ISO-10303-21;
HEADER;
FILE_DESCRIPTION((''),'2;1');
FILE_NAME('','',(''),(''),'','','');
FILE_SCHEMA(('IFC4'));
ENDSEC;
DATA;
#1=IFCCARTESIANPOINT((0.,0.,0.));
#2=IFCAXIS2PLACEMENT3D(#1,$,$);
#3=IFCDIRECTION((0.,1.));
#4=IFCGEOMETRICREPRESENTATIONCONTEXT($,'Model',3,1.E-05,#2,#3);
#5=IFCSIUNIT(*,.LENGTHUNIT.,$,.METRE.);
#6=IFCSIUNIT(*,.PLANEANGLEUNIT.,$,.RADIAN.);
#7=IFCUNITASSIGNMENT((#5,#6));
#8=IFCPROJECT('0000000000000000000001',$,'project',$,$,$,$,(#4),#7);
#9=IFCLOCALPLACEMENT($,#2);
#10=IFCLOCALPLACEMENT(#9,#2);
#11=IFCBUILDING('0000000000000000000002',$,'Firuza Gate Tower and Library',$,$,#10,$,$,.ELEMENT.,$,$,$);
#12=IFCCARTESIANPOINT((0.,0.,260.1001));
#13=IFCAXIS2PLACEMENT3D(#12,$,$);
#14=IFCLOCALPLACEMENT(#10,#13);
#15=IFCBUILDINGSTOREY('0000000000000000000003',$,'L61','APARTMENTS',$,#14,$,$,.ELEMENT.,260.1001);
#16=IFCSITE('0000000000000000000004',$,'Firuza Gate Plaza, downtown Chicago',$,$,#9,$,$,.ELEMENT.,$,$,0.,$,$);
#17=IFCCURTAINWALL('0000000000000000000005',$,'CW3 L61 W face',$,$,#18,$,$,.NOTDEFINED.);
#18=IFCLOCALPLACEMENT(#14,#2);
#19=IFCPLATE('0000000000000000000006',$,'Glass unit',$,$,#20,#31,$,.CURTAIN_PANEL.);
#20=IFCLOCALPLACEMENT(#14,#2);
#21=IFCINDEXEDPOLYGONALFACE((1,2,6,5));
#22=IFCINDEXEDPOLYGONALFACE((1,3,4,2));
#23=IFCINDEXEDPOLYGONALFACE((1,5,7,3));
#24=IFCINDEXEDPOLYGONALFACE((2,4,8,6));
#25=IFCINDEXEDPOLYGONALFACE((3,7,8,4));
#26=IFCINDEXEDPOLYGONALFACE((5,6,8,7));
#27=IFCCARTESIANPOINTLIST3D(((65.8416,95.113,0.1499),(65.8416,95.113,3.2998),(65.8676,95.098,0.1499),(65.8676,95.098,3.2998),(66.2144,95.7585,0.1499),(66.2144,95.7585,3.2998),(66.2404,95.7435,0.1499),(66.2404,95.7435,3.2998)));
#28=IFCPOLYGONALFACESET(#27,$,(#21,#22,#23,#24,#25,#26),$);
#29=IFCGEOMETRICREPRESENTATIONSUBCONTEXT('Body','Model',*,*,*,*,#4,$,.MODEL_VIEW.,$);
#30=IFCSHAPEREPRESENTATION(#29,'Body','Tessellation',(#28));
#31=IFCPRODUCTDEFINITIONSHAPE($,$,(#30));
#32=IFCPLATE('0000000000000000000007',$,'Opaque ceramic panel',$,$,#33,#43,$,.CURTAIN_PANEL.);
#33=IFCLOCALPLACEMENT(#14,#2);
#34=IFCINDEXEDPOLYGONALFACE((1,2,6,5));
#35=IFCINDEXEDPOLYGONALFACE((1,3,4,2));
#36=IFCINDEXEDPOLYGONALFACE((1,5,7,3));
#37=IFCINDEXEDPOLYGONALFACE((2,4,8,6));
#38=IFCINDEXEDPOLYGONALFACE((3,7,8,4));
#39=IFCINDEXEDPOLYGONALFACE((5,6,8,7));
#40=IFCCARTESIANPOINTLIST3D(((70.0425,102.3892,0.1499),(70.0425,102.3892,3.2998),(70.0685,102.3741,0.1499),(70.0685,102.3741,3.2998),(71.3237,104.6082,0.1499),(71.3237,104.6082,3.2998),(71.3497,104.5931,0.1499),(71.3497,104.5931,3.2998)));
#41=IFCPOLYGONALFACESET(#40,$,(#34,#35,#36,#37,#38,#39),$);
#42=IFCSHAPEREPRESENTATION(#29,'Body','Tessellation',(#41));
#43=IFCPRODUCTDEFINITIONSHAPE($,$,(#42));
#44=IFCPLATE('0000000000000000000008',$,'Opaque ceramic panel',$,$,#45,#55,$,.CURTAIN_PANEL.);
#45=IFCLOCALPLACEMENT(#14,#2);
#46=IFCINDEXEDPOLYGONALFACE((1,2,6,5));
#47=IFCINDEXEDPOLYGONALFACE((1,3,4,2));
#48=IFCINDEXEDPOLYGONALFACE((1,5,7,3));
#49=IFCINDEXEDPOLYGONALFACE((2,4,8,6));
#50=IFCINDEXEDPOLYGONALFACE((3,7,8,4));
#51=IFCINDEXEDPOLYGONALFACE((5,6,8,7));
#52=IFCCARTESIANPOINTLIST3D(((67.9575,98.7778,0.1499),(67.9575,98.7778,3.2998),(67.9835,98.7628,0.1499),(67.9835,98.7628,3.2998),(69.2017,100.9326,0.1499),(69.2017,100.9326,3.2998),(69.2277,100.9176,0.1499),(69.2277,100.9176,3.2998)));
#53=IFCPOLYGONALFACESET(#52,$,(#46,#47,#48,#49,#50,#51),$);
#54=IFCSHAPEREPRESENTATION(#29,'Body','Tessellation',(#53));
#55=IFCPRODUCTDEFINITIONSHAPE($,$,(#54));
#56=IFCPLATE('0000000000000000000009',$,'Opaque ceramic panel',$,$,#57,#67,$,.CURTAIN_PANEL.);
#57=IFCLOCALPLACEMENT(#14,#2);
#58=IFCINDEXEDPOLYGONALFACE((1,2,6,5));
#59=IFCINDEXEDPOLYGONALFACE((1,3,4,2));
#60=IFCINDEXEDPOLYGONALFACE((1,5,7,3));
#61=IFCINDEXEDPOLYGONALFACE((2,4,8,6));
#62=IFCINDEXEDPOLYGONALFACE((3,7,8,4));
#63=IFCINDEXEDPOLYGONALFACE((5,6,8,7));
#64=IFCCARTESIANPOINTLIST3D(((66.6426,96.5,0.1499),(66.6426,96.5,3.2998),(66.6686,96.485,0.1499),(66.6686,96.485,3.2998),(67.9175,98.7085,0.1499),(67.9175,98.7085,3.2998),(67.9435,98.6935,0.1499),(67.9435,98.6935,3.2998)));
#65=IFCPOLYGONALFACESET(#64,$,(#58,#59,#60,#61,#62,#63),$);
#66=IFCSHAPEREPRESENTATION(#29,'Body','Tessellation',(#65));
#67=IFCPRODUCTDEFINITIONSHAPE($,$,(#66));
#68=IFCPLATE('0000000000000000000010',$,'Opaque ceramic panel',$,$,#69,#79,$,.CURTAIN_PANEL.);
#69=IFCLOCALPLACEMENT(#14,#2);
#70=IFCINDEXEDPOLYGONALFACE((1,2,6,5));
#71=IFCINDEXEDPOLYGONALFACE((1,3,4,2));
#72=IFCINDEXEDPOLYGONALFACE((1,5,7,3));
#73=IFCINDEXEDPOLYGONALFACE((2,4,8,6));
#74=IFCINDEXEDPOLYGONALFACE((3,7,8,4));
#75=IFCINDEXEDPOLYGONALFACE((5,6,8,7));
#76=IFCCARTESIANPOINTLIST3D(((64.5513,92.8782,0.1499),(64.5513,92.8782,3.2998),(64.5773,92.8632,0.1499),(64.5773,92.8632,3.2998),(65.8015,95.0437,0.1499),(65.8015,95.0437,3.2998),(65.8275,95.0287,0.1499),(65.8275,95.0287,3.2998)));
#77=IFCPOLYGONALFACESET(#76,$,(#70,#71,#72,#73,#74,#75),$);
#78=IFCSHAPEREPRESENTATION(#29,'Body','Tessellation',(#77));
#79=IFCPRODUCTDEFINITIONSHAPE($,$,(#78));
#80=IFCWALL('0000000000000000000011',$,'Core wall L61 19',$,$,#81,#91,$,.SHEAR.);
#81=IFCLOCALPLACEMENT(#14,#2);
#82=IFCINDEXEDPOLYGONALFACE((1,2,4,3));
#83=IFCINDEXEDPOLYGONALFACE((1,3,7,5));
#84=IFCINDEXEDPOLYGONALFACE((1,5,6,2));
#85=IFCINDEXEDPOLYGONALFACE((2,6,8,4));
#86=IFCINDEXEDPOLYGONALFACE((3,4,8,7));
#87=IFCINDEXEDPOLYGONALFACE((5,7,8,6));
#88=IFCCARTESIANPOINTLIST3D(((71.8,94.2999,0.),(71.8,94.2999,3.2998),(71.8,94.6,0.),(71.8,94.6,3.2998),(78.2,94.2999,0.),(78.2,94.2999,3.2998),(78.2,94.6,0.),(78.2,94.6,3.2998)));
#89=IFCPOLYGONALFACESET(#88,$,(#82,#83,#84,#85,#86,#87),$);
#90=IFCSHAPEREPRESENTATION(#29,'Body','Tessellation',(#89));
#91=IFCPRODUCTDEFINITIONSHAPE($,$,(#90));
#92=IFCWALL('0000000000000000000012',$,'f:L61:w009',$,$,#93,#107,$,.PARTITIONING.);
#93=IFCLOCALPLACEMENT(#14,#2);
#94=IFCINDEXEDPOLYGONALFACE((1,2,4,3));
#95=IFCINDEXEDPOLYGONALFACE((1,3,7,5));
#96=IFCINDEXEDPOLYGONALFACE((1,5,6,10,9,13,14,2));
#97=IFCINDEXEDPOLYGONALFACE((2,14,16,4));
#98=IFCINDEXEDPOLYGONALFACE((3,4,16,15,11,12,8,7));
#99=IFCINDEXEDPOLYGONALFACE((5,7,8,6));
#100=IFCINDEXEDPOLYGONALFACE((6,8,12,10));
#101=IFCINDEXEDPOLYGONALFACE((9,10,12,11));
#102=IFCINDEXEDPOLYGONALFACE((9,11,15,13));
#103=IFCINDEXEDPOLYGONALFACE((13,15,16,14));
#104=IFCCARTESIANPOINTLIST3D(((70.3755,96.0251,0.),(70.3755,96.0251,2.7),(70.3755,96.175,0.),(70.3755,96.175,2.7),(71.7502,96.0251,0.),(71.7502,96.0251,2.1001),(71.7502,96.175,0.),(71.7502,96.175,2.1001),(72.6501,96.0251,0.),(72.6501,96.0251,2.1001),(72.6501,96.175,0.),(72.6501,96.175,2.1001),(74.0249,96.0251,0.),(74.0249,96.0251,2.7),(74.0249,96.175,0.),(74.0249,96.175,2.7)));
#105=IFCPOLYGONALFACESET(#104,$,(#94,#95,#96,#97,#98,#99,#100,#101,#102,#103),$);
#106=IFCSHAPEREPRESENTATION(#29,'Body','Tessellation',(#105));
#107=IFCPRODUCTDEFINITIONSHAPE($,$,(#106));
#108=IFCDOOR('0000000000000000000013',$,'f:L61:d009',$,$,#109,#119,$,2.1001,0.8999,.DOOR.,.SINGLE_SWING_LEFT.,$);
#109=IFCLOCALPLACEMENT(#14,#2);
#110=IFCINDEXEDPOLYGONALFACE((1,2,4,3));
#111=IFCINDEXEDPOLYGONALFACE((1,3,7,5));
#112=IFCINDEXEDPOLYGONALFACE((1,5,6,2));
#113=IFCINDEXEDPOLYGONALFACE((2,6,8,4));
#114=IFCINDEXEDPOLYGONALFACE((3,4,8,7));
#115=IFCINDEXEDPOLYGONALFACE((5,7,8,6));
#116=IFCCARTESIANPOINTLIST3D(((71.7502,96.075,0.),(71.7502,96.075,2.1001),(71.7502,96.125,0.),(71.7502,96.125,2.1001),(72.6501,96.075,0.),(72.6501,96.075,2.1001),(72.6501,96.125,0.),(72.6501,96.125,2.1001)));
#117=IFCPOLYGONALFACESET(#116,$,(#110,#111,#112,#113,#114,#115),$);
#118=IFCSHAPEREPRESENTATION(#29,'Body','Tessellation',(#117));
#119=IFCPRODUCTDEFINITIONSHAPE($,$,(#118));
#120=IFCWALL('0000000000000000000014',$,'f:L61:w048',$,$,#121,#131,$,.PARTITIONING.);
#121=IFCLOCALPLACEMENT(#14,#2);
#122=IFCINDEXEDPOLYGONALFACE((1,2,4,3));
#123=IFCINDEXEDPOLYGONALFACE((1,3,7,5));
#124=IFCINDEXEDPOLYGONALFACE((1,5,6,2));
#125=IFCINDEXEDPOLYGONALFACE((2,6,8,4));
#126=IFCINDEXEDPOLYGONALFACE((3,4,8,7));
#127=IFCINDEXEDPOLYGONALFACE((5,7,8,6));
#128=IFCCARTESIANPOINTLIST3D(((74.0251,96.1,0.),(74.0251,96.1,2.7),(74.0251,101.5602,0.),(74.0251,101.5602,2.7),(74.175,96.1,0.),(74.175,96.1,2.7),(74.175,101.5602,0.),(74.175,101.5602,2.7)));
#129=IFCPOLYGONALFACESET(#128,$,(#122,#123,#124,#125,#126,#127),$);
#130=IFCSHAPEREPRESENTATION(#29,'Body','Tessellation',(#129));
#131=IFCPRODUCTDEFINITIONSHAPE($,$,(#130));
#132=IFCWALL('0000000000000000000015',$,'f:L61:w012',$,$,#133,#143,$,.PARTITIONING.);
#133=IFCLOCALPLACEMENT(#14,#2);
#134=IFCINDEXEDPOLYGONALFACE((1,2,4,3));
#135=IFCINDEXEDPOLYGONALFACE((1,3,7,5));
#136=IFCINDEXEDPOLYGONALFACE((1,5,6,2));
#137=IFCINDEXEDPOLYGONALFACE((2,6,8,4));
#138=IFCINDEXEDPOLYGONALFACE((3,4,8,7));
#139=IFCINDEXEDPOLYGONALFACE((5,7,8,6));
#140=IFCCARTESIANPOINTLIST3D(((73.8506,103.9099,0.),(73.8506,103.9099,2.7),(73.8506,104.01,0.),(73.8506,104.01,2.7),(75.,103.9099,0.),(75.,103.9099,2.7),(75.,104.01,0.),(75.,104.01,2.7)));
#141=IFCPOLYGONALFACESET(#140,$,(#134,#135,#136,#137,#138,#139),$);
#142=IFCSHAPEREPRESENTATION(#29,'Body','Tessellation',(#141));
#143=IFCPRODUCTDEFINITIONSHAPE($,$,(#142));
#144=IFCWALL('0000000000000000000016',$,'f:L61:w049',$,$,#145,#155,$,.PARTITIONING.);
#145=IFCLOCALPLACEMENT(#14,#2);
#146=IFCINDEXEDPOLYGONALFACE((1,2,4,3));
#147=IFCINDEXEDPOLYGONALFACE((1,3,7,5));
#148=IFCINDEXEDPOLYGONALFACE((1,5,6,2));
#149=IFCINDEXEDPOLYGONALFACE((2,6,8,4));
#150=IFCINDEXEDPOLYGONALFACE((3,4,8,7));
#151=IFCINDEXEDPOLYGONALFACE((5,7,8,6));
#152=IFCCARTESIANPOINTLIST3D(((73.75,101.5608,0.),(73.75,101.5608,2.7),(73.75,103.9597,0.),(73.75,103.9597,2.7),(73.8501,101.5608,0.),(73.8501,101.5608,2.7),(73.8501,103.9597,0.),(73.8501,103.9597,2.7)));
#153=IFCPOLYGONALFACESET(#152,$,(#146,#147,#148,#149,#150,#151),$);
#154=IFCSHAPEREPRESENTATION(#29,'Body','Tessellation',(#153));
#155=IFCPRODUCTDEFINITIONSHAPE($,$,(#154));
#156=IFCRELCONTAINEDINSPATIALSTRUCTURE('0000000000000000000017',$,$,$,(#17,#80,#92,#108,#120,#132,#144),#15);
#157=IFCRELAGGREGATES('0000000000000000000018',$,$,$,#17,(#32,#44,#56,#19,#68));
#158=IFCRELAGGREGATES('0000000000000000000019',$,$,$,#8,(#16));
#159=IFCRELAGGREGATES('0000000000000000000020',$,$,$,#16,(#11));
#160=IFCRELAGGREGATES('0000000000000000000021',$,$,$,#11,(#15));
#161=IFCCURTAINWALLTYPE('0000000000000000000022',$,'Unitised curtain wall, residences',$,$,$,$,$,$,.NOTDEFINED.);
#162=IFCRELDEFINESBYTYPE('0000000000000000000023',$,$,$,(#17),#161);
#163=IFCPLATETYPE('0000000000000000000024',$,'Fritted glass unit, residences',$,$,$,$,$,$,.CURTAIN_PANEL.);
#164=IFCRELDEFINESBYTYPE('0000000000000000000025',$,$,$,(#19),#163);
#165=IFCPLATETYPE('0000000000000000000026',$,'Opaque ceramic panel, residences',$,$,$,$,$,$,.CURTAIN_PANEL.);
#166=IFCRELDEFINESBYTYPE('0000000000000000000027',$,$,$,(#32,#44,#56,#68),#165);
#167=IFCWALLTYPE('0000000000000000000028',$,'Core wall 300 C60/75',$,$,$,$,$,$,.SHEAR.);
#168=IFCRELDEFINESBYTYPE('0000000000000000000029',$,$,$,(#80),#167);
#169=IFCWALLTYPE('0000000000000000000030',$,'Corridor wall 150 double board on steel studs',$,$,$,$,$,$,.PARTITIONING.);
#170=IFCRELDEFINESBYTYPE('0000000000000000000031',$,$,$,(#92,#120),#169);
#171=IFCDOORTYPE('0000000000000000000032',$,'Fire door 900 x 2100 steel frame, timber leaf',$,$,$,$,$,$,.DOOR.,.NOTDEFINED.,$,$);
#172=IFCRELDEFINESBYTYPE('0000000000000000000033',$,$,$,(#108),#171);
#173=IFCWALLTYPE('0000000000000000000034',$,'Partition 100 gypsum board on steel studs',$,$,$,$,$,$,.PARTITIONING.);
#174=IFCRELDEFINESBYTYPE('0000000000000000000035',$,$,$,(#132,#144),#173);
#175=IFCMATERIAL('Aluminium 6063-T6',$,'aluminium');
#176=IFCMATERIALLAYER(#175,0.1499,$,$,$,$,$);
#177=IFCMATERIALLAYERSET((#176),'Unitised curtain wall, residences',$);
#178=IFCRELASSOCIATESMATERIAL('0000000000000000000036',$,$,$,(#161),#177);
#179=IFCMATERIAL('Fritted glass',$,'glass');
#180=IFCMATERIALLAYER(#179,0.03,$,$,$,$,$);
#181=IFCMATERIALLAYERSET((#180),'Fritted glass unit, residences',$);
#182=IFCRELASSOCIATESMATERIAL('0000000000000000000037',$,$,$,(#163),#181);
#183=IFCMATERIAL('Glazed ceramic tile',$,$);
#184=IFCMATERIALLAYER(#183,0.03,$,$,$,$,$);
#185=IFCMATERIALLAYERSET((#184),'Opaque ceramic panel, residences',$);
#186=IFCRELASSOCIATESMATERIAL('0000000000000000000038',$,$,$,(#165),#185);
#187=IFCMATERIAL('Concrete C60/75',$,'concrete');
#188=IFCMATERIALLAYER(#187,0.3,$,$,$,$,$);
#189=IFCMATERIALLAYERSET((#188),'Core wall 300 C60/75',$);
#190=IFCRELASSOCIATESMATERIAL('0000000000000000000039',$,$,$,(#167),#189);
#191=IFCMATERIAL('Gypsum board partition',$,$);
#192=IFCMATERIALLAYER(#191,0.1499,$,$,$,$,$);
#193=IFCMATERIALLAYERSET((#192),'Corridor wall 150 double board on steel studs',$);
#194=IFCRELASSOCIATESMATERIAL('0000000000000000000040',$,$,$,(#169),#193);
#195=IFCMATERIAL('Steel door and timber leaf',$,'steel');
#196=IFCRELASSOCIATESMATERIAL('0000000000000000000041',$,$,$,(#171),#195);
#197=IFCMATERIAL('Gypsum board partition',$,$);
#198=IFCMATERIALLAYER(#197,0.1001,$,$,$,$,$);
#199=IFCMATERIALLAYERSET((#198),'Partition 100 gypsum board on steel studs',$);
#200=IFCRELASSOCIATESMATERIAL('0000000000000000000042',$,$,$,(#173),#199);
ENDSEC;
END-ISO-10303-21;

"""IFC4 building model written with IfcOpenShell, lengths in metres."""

from ifc_helpers import new_model, si_unit, direction, frame, frame_2d, origin, place, context, subcontext, project, spatial, polyline, rectangle, outline, extrude, material, layer, layer_set, type_object, element, fill, aggregate, save


model = new_model("IFC4")

# Units and contexts
model_context = context("Model", 3, precision=1e-05, world=origin(), true_north=direction((0.0, 1.0)))
body_context = subcontext(model_context, "Body", "Model", "MODEL_VIEW")
ifc_project = project(units=[si_unit("LENGTHUNIT", "METRE"), si_unit("PLANEANGLEUNIT", "RADIAN")], contexts=[model_context])

# Site, building, storey
site_placement = place(None, origin())
site = spatial("IfcSite", under=ifc_project, at=site_placement, Name="Firuza Gate Plaza, downtown Chicago", CompositionType="ELEMENT", RefElevation=0.0)
building_placement = place(site_placement, origin())
building = spatial("IfcBuilding", under=site, at=building_placement, Name="Firuza Gate Tower and Library", CompositionType="ELEMENT")
storey_placement = place(building_placement, frame((0.0, 0.0, 260.1001)))
storey = spatial("IfcBuildingStorey", under=building, at=storey_placement, Name="L61", Description="APARTMENTS", CompositionType="ELEMENT", Elevation=260.1001)

# Curtain wall
ifc_material_1 = material(Name="Aluminium 6063-T6", Category="aluminium")
ifc_layer_1 = layer(ifc_material_1, 0.1499)
ifc_layer_set_1 = layer_set([ifc_layer_1], Name="Unitised curtain wall, residences")
curtain_wall_type = type_object("IfcCurtainWallType", Name="Unitised curtain wall, residences", PredefinedType="NOTDEFINED", material=ifc_layer_set_1)
curtain_wall_placement = place(storey_placement, origin())
curtain_wall = element("IfcCurtainWall", 1, at=curtain_wall_placement, inside=storey, type_object=curtain_wall_type, Name="CW3 L61 W face", PredefinedType="NOTDEFINED")

# Plates
ifc_material_2 = material(Name="Fritted glass", Category="glass")
ifc_layer_2 = layer(ifc_material_2, 0.03)
ifc_layer_set_2 = layer_set([ifc_layer_2], Name="Fritted glass unit, residences")
plate_type_1 = type_object("IfcPlateType", Name="Fritted glass unit, residences", PredefinedType="CURTAIN_PANEL", material=ifc_layer_set_2)
plate_1_placement = place(storey_placement, frame((66.2144, 95.7585, 0.1499), z_axis=(-0.865956, 0.500119, 0.0), x_axis=(-0.500119, -0.865956, 0.0)))
plate_1 = element("IfcPlate", 2, at=plate_1_placement, type_object=plate_type_1, Name="Glass unit", PredefinedType="CURTAIN_PANEL", context=body_context, shape_type="SweptSolid", body=[
    extrude(outline(polyline([(0.0, 0.0), (0.7454, 0.0), (0.7454, 3.1499), (0.0, 3.1499), (0.0, 0.0)])), origin(), (0.0, 0.0, -1.0), 0.03),
])
ifc_material_3 = material(Name="Glazed ceramic tile")
ifc_layer_3 = layer(ifc_material_3, 0.03)
ifc_layer_set_3 = layer_set([ifc_layer_3], Name="Opaque ceramic panel, residences")
plate_type_2 = type_object("IfcPlateType", Name="Opaque ceramic panel, residences", PredefinedType="CURTAIN_PANEL", material=ifc_layer_set_3)
plate_2_placement = place(storey_placement, frame((71.3237, 104.6082, 0.1499), z_axis=(-0.866006, 0.500033, 0.0), x_axis=(-0.500033, -0.866006, 0.0)))
plate_2 = element("IfcPlate", 3, at=plate_2_placement, type_object=plate_type_2, Name="Opaque ceramic panel", PredefinedType="CURTAIN_PANEL", context=body_context, shape_type="SweptSolid", body=[
    extrude(outline(polyline([(0.0, 0.0), (2.5623, 0.0), (2.5623, 3.1499), (0.0, 3.1499), (0.0, 0.0)])), origin(), (0.0, 0.0, -1.0), 0.03),
])
plate_3_placement = place(storey_placement, frame((69.2017, 100.9326, 0.1499), z_axis=(-0.866012, 0.500023, 0.0), x_axis=(-0.500023, -0.866012, 0.0)))
plate_3 = element("IfcPlate", 4, at=plate_3_placement, type_object=plate_type_2, Name="Opaque ceramic panel", PredefinedType="CURTAIN_PANEL", context=body_context, shape_type="SweptSolid", body=[
    extrude(outline(polyline([(0.0, 0.0), (2.4882, 0.0), (2.4882, 3.1499), (0.0, 3.1499), (0.0, 0.0)])), origin(), (0.0, 0.0, -1.0), 0.03),
])
plate_4_placement = place(storey_placement, frame((67.9175, 98.7085, 0.1499), z_axis=(-0.866055, 0.499949, 0.0), x_axis=(-0.499949, -0.866055, 0.0)))
plate_4 = element("IfcPlate", 5, at=plate_4_placement, type_object=plate_type_2, Name="Opaque ceramic panel", PredefinedType="CURTAIN_PANEL", context=body_context, shape_type="SweptSolid", body=[
    extrude(outline(polyline([(0.0, 0.0), (2.5501, 0.0), (2.5501, 3.1499), (0.0, 3.1499), (0.0, 0.0)])), origin(), (0.0, 0.0, -1.0), 0.03),
])
plate_5_placement = place(storey_placement, frame((65.8015, 95.0437, 0.1499), z_axis=(-0.866029, 0.499993, 0.0), x_axis=(-0.499993, -0.866029, 0.0)))
plate_5 = element("IfcPlate", 6, at=plate_5_placement, type_object=plate_type_2, Name="Opaque ceramic panel", PredefinedType="CURTAIN_PANEL", context=body_context, shape_type="SweptSolid", body=[
    extrude(outline(polyline([(0.0, 0.0), (2.5005, 0.0), (2.5005, 3.1499), (0.0, 3.1499), (0.0, 0.0)])), origin(), (0.0, 0.0, -1.0), 0.03),
])
aggregate(curtain_wall, [plate_2, plate_3, plate_4, plate_1, plate_5])

# Wall
ifc_material_4 = material(Name="Concrete C60/75", Category="concrete")
ifc_layer_4 = layer(ifc_material_4, 0.3)
ifc_layer_set_4 = layer_set([ifc_layer_4], Name="Core wall 300 C60/75")
wall_type_1 = type_object("IfcWallType", Name="Core wall 300 C60/75", PredefinedType="SHEAR", material=ifc_layer_set_4)
wall_1_placement = place(storey_placement, frame((71.8, 94.45, 0.0), z_axis=(0.0, 0.0, 1.0), x_axis=(1.0, 0.0, 0.0)))
element("IfcWall", 7, at=wall_1_placement, inside=storey, type_object=wall_type_1, Name="Core wall L61 19", PredefinedType="SHEAR", context=body_context, shape_type="SweptSolid", body=[
    extrude(rectangle(XDim=6.3999, YDim=0.3, at=frame_2d((3.2, 0.0))), origin(), (0.0, 0.0, 1.0), 3.2998),
])

# Wall, opening, door
ifc_material_5 = material(Name="Gypsum board partition")
ifc_layer_5 = layer(ifc_material_5, 0.1499)
ifc_layer_set_5 = layer_set([ifc_layer_5], Name="Corridor wall 150 double board on steel studs")
wall_type_2 = type_object("IfcWallType", Name="Corridor wall 150 double board on steel studs", PredefinedType="PARTITIONING", material=ifc_layer_set_5)
wall_2_placement = place(storey_placement, frame((70.3755, 96.1001, 0.0), z_axis=(0.0, 0.0, 1.0), x_axis=(1.0, 0.0, 0.0)))
wall_2 = element("IfcWall", 8, at=wall_2_placement, inside=storey, type_object=wall_type_2, Name="f:L61:w009", PredefinedType="PARTITIONING", context=body_context, shape_type="SweptSolid", body=[
    extrude(rectangle(XDim=3.6494, YDim=0.1499, at=frame_2d((1.8247, 0.0))), origin(), (0.0, 0.0, 1.0), 2.7),
])
opening_placement = place(wall_2_placement, frame((1.3748, 0.0, 0.0)))
opening = element("IfcOpeningElement", 9, at=opening_placement, cuts=wall_2, PredefinedType="OPENING", context=body_context, shape_type="SweptSolid", body=[
    extrude(rectangle(XDim=0.8999, YDim=2.1001, at=frame_2d((0.45, 1.05))), frame((0.0, 0.085, 0.0), z_axis=(0.0, -1.0, 0.0), x_axis=(1.0, 0.0, 0.0)), (0.0, 0.0, 1.0), 0.1699),
])
ifc_material_6 = material(Name="Steel door and timber leaf", Category="steel")
door_type = type_object("IfcDoorType", Name="Fire door 900 x 2100 steel frame, timber leaf", OperationType="NOTDEFINED", PredefinedType="DOOR", material=ifc_material_6)
door_placement = place(opening_placement, origin())
door = element("IfcDoor", 10, at=door_placement, inside=storey, type_object=door_type, Name="f:L61:d009", OperationType="SINGLE_SWING_LEFT", OverallHeight=2.1001, OverallWidth=0.8999, PredefinedType="DOOR", context=body_context, shape_type="SweptSolid", body=[
    extrude(rectangle(XDim=0.8999, YDim=2.1001, at=frame_2d((0.45, 1.05))), frame((0.0, 0.0249, 0.0), z_axis=(0.0, -1.0, 0.0), x_axis=(1.0, 0.0, 0.0)), (0.0, 0.0, 1.0), 0.05),
])
fill(opening, door)

# Walls
wall_3_placement = place(storey_placement, frame((74.1001, 96.1001, 0.0), z_axis=(0.0, 0.0, 1.0), x_axis=(0.0, 1.0, 0.0)))
element("IfcWall", 11, at=wall_3_placement, inside=storey, type_object=wall_type_2, Name="f:L61:w048", PredefinedType="PARTITIONING", context=body_context, shape_type="SweptSolid", body=[
    extrude(rectangle(XDim=5.4602, YDim=0.1499, at=frame_2d((2.73, 0.0))), origin(), (0.0, 0.0, 1.0), 2.7),
])
ifc_material_7 = material(Name="Gypsum board partition")
ifc_layer_6 = layer(ifc_material_7, 0.1001)
ifc_layer_set_6 = layer_set([ifc_layer_6], Name="Partition 100 gypsum board on steel studs")
wall_type_3 = type_object("IfcWallType", Name="Partition 100 gypsum board on steel studs", PredefinedType="PARTITIONING", material=ifc_layer_set_6)
wall_4_placement = place(storey_placement, frame((73.8506, 103.96, 0.0), z_axis=(0.0, 0.0, 1.0), x_axis=(1.0, 0.0, 0.0)))
element("IfcWall", 12, at=wall_4_placement, inside=storey, type_object=wall_type_3, Name="f:L61:w012", PredefinedType="PARTITIONING", context=body_context, shape_type="SweptSolid", body=[
    extrude(rectangle(XDim=1.1494, YDim=0.1001, at=frame_2d((0.5747, 0.0))), origin(), (0.0, 0.0, 1.0), 2.7),
])
wall_5_placement = place(storey_placement, frame((73.8, 101.5608, 0.0), z_axis=(0.0, 0.0, 1.0), x_axis=(0.0, 1.0, 0.0)))
element("IfcWall", 13, at=wall_5_placement, inside=storey, type_object=wall_type_3, Name="f:L61:w049", PredefinedType="PARTITIONING", context=body_context, shape_type="SweptSolid", body=[
    extrude(rectangle(XDim=2.3989, YDim=0.1001, at=frame_2d((1.1995, 0.0))), origin(), (0.0, 0.0, 1.0), 2.7),
])

save(model, "model.ifc")
